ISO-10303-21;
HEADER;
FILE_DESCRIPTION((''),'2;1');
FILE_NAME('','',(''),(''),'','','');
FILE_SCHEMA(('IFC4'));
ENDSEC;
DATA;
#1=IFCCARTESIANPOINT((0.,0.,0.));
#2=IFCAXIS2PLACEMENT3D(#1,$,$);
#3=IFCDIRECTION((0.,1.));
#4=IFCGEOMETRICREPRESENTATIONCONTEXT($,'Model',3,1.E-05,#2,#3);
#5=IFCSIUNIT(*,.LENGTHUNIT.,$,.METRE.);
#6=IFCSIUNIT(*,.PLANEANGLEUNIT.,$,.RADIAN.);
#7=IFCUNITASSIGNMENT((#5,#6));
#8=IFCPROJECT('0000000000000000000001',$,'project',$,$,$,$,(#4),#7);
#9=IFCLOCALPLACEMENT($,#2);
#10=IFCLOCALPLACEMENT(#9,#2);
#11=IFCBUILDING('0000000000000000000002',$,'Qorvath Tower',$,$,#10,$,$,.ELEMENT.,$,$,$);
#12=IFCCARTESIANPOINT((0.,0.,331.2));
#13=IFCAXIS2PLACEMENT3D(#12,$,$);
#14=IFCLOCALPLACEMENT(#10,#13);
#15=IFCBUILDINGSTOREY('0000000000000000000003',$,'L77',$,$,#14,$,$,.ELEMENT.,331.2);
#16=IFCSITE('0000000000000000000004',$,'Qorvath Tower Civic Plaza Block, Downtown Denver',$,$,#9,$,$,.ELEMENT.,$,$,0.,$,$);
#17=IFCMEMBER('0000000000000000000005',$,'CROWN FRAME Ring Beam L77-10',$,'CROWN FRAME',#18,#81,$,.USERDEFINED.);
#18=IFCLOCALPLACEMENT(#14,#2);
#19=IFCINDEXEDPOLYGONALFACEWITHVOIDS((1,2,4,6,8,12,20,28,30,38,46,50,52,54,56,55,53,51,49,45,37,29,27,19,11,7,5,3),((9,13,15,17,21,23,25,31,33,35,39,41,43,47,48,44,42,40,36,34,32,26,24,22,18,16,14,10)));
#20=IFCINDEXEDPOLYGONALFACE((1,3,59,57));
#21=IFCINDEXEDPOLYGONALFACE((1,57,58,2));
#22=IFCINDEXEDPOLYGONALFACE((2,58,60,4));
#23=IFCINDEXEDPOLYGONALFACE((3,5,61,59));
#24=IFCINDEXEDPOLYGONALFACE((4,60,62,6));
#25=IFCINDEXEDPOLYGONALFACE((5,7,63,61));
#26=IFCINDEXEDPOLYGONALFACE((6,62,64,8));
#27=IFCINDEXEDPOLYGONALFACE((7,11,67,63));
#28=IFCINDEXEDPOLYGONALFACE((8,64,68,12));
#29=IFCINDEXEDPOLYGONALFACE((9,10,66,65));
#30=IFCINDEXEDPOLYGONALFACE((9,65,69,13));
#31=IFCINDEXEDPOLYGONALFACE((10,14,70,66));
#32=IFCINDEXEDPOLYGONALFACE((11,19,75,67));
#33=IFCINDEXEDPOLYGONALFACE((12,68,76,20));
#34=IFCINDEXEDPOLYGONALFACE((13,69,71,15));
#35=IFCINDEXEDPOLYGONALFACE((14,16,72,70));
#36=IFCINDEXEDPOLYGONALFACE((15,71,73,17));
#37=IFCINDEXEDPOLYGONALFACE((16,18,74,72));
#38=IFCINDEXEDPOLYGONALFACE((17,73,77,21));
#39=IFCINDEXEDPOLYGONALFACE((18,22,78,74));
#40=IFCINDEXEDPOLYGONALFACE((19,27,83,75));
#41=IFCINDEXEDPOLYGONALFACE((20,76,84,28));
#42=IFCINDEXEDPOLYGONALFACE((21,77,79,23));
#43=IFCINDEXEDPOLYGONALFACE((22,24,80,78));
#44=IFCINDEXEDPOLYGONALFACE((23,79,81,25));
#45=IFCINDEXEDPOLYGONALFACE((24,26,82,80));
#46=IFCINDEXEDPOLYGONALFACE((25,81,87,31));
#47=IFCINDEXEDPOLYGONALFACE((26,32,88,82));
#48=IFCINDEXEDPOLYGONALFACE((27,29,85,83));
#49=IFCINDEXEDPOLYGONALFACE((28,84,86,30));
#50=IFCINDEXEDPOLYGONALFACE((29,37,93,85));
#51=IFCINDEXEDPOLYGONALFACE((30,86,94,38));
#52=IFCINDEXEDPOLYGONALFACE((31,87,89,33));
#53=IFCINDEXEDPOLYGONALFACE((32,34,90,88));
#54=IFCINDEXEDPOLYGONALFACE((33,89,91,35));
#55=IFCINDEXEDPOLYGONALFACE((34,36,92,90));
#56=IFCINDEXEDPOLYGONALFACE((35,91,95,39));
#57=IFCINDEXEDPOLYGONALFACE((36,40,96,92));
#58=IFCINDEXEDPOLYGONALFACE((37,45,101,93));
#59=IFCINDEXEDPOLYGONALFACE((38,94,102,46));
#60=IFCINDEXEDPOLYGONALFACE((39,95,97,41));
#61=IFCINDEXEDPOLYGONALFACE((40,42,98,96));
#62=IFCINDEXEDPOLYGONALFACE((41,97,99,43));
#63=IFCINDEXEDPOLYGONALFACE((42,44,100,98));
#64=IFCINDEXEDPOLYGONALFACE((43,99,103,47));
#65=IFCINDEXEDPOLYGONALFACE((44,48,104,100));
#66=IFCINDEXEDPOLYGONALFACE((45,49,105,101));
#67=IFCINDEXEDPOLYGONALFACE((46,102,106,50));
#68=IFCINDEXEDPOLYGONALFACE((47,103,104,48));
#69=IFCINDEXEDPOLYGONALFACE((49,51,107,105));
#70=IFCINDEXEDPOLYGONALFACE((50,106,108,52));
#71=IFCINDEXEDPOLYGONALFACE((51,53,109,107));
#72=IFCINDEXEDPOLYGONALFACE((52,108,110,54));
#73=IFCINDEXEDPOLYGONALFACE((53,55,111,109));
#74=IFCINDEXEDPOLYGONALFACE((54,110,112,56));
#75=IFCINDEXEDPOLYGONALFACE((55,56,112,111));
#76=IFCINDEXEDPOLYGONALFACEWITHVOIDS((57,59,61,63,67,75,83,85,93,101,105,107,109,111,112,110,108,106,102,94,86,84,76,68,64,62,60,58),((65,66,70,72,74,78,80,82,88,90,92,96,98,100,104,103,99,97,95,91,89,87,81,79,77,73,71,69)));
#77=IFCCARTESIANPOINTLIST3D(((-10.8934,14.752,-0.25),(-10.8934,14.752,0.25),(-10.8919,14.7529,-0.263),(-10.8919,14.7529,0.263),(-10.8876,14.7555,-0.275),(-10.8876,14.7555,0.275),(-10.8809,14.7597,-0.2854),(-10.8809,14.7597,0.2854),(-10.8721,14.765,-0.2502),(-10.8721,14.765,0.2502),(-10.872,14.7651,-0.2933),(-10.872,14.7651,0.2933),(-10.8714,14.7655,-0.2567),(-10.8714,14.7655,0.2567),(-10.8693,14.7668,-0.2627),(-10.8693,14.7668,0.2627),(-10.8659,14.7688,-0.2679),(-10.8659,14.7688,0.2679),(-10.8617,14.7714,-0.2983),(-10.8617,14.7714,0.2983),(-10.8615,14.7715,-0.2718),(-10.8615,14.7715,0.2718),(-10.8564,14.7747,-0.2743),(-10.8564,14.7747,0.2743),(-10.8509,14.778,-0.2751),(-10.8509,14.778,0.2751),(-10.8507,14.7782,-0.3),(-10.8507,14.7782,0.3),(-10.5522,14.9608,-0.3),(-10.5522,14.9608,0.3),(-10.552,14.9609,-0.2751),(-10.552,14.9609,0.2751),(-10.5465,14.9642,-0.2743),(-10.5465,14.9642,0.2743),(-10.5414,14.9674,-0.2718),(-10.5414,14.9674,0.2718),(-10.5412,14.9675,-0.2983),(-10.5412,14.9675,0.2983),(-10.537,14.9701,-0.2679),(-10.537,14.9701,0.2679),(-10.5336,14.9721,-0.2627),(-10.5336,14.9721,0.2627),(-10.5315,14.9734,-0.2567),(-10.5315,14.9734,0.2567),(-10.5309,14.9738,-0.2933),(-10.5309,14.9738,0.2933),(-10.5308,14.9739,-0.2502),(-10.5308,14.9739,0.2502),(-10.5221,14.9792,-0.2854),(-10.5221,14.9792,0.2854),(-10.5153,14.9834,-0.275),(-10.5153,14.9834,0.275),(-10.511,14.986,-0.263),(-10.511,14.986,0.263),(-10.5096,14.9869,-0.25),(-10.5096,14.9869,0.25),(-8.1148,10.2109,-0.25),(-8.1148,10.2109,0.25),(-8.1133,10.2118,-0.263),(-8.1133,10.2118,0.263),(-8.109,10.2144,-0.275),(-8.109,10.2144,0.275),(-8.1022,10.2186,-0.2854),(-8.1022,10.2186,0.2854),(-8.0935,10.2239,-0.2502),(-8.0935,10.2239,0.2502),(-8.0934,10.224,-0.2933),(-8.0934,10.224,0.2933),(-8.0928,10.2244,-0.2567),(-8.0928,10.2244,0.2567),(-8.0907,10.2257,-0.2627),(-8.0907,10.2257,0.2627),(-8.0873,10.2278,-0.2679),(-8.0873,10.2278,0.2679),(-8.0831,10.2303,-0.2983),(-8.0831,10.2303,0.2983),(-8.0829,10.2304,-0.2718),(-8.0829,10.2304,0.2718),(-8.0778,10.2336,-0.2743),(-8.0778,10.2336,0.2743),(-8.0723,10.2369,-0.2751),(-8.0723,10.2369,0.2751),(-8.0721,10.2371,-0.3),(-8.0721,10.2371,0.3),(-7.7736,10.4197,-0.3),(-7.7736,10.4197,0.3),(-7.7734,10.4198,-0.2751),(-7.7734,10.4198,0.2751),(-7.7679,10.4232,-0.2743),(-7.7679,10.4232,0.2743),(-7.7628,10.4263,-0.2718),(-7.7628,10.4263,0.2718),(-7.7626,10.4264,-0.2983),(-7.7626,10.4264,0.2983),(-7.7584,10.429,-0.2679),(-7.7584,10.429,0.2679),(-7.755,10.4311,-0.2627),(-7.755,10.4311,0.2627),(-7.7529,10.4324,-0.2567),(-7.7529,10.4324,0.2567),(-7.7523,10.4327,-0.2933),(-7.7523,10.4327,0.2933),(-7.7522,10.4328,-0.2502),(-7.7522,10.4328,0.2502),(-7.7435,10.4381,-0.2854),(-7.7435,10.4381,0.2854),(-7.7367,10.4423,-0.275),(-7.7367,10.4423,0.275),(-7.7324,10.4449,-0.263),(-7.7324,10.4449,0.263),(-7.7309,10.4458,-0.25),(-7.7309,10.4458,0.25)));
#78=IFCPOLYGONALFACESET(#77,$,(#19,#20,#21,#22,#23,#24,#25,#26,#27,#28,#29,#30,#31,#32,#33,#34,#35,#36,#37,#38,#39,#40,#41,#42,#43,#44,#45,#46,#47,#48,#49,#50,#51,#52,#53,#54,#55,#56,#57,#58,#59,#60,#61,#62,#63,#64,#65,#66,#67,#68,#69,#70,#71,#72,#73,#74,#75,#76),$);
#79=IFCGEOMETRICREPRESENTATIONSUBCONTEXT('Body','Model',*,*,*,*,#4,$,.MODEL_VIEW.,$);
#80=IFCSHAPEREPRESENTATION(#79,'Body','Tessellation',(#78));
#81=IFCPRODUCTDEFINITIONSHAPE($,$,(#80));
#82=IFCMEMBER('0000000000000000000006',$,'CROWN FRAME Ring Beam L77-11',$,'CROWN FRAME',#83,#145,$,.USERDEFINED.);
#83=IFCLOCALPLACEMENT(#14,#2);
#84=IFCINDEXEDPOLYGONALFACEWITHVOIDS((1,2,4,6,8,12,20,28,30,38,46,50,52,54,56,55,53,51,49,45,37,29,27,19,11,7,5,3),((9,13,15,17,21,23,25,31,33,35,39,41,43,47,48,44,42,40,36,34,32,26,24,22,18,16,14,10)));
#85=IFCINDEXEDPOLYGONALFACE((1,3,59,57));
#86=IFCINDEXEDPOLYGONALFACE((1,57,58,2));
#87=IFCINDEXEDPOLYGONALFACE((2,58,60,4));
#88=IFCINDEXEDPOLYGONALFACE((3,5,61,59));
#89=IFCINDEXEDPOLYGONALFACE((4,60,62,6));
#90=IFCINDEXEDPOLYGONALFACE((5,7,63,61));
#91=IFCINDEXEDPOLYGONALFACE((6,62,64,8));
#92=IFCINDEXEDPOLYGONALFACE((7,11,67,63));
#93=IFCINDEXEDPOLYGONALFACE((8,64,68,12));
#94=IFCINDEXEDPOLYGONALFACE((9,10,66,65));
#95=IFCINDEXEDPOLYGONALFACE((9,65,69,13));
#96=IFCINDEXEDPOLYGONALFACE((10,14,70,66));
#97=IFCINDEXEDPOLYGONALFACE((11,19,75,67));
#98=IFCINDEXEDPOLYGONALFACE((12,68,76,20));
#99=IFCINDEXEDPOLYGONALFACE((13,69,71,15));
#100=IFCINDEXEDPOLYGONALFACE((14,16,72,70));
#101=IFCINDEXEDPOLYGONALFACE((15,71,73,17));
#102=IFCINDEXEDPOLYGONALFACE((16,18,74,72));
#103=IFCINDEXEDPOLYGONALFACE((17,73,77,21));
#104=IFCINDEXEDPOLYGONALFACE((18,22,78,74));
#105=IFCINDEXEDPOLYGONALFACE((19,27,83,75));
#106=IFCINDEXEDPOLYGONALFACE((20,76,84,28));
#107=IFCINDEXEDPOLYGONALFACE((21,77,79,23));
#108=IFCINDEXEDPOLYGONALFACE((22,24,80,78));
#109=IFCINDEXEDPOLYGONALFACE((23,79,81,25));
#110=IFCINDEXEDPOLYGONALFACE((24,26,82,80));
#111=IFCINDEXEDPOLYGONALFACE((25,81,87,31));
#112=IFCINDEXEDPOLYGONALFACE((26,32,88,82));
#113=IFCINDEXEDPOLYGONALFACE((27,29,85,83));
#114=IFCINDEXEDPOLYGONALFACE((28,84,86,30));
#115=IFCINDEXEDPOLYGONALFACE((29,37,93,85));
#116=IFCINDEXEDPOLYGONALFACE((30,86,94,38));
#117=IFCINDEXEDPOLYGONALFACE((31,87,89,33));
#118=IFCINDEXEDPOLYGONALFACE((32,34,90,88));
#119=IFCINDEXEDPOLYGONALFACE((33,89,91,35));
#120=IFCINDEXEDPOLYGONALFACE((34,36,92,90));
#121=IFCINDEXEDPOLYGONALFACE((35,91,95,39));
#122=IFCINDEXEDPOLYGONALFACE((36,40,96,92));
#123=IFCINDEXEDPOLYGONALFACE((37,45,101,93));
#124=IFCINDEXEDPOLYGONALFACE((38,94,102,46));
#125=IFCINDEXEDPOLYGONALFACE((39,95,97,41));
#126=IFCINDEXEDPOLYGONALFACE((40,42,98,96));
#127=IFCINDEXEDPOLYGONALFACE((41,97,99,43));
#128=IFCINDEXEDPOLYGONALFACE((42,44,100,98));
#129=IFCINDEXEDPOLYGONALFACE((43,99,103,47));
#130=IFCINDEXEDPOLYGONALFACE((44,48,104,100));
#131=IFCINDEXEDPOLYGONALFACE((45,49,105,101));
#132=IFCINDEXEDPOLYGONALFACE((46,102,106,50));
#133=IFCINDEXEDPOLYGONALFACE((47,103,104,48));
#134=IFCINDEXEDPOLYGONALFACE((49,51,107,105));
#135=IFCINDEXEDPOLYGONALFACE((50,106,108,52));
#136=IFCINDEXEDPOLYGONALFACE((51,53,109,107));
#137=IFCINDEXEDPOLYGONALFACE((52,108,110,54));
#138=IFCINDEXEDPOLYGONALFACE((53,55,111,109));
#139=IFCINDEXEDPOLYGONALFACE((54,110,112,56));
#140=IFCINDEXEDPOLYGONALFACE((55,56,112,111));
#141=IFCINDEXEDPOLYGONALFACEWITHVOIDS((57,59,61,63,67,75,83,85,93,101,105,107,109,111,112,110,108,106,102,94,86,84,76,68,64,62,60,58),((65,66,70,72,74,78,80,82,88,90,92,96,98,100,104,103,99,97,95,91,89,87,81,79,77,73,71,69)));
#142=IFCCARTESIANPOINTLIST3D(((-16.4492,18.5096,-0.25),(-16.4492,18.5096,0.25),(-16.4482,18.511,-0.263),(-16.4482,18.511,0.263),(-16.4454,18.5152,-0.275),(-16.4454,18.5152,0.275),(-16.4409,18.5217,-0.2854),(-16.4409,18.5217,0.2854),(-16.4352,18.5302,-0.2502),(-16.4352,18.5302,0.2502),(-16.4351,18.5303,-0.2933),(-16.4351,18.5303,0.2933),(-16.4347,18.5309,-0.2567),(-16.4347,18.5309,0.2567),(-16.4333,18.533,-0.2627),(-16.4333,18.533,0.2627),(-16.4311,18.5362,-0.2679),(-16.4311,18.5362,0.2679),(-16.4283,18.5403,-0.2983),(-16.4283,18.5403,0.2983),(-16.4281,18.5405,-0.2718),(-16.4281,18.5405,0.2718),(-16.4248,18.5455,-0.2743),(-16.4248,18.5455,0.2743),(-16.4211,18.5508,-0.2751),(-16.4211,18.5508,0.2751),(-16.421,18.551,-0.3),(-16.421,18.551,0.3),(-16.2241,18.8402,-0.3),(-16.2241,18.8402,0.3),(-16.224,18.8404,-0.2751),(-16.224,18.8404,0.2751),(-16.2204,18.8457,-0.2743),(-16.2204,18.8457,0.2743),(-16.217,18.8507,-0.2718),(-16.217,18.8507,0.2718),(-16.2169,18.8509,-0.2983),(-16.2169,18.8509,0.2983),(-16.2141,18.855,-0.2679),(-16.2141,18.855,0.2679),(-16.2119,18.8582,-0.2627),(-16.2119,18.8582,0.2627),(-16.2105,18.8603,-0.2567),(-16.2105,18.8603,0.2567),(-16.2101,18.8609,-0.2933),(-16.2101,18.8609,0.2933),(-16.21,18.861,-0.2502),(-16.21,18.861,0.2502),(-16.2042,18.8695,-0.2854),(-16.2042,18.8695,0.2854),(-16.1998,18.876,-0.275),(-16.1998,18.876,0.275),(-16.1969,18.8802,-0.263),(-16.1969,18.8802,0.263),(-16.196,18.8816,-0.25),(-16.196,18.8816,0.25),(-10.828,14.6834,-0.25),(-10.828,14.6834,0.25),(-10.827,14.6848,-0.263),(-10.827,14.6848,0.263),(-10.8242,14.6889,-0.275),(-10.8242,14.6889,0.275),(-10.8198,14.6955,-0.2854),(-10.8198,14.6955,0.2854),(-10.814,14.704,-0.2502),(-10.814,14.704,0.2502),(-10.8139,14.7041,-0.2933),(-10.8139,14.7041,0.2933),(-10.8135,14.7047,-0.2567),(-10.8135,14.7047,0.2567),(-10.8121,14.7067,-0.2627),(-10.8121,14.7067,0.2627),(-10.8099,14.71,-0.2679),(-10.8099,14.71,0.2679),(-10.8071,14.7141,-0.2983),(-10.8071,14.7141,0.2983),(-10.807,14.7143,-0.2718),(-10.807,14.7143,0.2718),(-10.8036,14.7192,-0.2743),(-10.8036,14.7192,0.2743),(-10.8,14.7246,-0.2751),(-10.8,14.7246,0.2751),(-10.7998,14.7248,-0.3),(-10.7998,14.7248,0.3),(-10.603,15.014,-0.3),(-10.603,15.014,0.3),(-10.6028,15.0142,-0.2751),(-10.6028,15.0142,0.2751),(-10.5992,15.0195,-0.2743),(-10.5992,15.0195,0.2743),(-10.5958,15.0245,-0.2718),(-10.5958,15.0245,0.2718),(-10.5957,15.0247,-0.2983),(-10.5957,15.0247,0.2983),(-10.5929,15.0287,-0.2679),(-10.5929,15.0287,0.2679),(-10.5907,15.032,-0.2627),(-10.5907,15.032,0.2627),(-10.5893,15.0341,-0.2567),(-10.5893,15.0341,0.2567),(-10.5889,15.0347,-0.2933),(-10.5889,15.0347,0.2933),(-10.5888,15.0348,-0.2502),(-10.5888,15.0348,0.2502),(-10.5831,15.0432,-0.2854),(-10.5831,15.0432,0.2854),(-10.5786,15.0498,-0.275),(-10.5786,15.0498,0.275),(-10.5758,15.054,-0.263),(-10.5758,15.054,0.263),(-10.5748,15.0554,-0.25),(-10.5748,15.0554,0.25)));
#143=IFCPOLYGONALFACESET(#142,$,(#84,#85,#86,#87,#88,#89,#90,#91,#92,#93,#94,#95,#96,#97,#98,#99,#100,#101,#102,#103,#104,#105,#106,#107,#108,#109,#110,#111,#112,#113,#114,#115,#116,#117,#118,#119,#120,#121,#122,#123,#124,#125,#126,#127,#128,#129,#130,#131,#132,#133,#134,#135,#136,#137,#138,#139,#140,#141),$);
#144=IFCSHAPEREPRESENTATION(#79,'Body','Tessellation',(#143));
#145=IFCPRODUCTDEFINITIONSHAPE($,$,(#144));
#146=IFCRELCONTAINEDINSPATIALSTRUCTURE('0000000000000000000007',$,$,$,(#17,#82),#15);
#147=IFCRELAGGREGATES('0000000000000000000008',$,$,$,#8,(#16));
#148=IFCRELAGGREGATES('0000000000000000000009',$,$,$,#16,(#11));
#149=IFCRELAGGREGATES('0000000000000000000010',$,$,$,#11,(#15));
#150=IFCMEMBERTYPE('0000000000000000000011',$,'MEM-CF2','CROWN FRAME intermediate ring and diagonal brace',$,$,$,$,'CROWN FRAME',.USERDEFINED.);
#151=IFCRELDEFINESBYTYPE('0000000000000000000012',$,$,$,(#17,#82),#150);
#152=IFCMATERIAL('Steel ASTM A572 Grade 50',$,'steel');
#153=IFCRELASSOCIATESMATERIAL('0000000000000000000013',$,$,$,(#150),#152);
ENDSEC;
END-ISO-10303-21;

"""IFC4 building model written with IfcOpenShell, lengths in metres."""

from ifc_helpers import new_model, si_unit, direction, frame, origin, origin_2d, place, context, subcontext, project, spatial, hollow_rectangle, extrude, material, material_profile, profile_set, type_object, element, save


model = new_model("IFC4")

# Units and contexts
model_context = context("Model", 3, precision=1e-05, world=origin(), true_north=direction((0.0, 1.0)))
body_context = subcontext(model_context, "Body", "Model", "MODEL_VIEW")
ifc_project = project(units=[si_unit("LENGTHUNIT", "METRE"), si_unit("PLANEANGLEUNIT", "RADIAN")], contexts=[model_context])

# Site, building, storey
site_placement = place(None, origin())
site = spatial("IfcSite", under=ifc_project, at=site_placement, Name="Qorvath Tower Civic Plaza Block, Downtown Denver", CompositionType="ELEMENT", RefElevation=0.0)
building_placement = place(site_placement, origin())
building = spatial("IfcBuilding", under=site, at=building_placement, Name="Qorvath Tower", CompositionType="ELEMENT")
storey_placement = place(building_placement, frame((0.0, 0.0, 331.2)))
storey = spatial("IfcBuildingStorey", under=building, at=storey_placement, Name="L77", CompositionType="ELEMENT", Elevation=331.2)

# Members
ifc_material_1 = material(Name="Steel ASTM A572 Grade 50", Category="steel")
ifc_material_profile_1 = material_profile(ifc_material_1, hollow_rectangle(XDim=0.45, YDim=0.6001, WallThickness=0.0249, InnerFilletRadius=0.0249, OuterFilletRadius=0.05, at=origin_2d()), Name="CROWN BOX 600x450x25")
ifc_profile_set_1 = profile_set([ifc_material_profile_1], Name="Steel ASTM A572 Grade 50")
member_type_1 = type_object("IfcMemberType", Name="MEM-CF2", Description="CROWN FRAME intermediate ring and diagonal brace", ElementType="CROWN FRAME", PredefinedType="USERDEFINED", material=ifc_profile_set_1)
member_1_placement = place(storey_placement, frame((-7.9229, 10.3284, 0.0), z_axis=(-0.521929, 0.852989, 0.0), x_axis=(-0.852989, -0.521929, 0.0)))
element("IfcMember", 1, at=member_1_placement, inside=storey, type_object=member_type_1, Name="CROWN FRAME Ring Beam L77-10", ObjectType="CROWN FRAME", PredefinedType="USERDEFINED", context=body_context, shape_type="SweptSolid", body=[
    extrude(hollow_rectangle(XDim=0.45, YDim=0.6001, WallThickness=0.0249, InnerFilletRadius=0.0249, OuterFilletRadius=0.05, at=origin_2d()), origin(), (0.0, 0.0, 1.0), 5.3237),
])
member_2_placement = place(storey_placement, frame((-10.7014, 14.8694, 0.0), z_axis=(-0.826665, 0.562695, 0.0), x_axis=(-0.562695, -0.826665, 0.0)))
element("IfcMember", 2, at=member_2_placement, inside=storey, type_object=member_type_1, Name="CROWN FRAME Ring Beam L77-11", ObjectType="CROWN FRAME", PredefinedType="USERDEFINED", context=body_context, shape_type="SweptSolid", body=[
    extrude(hollow_rectangle(XDim=0.45, YDim=0.6001, WallThickness=0.0249, InnerFilletRadius=0.0249, OuterFilletRadius=0.05, at=origin_2d()), origin(), (0.0, 0.0, 1.0), 6.7998),
])

save(model, "model.ifc")
